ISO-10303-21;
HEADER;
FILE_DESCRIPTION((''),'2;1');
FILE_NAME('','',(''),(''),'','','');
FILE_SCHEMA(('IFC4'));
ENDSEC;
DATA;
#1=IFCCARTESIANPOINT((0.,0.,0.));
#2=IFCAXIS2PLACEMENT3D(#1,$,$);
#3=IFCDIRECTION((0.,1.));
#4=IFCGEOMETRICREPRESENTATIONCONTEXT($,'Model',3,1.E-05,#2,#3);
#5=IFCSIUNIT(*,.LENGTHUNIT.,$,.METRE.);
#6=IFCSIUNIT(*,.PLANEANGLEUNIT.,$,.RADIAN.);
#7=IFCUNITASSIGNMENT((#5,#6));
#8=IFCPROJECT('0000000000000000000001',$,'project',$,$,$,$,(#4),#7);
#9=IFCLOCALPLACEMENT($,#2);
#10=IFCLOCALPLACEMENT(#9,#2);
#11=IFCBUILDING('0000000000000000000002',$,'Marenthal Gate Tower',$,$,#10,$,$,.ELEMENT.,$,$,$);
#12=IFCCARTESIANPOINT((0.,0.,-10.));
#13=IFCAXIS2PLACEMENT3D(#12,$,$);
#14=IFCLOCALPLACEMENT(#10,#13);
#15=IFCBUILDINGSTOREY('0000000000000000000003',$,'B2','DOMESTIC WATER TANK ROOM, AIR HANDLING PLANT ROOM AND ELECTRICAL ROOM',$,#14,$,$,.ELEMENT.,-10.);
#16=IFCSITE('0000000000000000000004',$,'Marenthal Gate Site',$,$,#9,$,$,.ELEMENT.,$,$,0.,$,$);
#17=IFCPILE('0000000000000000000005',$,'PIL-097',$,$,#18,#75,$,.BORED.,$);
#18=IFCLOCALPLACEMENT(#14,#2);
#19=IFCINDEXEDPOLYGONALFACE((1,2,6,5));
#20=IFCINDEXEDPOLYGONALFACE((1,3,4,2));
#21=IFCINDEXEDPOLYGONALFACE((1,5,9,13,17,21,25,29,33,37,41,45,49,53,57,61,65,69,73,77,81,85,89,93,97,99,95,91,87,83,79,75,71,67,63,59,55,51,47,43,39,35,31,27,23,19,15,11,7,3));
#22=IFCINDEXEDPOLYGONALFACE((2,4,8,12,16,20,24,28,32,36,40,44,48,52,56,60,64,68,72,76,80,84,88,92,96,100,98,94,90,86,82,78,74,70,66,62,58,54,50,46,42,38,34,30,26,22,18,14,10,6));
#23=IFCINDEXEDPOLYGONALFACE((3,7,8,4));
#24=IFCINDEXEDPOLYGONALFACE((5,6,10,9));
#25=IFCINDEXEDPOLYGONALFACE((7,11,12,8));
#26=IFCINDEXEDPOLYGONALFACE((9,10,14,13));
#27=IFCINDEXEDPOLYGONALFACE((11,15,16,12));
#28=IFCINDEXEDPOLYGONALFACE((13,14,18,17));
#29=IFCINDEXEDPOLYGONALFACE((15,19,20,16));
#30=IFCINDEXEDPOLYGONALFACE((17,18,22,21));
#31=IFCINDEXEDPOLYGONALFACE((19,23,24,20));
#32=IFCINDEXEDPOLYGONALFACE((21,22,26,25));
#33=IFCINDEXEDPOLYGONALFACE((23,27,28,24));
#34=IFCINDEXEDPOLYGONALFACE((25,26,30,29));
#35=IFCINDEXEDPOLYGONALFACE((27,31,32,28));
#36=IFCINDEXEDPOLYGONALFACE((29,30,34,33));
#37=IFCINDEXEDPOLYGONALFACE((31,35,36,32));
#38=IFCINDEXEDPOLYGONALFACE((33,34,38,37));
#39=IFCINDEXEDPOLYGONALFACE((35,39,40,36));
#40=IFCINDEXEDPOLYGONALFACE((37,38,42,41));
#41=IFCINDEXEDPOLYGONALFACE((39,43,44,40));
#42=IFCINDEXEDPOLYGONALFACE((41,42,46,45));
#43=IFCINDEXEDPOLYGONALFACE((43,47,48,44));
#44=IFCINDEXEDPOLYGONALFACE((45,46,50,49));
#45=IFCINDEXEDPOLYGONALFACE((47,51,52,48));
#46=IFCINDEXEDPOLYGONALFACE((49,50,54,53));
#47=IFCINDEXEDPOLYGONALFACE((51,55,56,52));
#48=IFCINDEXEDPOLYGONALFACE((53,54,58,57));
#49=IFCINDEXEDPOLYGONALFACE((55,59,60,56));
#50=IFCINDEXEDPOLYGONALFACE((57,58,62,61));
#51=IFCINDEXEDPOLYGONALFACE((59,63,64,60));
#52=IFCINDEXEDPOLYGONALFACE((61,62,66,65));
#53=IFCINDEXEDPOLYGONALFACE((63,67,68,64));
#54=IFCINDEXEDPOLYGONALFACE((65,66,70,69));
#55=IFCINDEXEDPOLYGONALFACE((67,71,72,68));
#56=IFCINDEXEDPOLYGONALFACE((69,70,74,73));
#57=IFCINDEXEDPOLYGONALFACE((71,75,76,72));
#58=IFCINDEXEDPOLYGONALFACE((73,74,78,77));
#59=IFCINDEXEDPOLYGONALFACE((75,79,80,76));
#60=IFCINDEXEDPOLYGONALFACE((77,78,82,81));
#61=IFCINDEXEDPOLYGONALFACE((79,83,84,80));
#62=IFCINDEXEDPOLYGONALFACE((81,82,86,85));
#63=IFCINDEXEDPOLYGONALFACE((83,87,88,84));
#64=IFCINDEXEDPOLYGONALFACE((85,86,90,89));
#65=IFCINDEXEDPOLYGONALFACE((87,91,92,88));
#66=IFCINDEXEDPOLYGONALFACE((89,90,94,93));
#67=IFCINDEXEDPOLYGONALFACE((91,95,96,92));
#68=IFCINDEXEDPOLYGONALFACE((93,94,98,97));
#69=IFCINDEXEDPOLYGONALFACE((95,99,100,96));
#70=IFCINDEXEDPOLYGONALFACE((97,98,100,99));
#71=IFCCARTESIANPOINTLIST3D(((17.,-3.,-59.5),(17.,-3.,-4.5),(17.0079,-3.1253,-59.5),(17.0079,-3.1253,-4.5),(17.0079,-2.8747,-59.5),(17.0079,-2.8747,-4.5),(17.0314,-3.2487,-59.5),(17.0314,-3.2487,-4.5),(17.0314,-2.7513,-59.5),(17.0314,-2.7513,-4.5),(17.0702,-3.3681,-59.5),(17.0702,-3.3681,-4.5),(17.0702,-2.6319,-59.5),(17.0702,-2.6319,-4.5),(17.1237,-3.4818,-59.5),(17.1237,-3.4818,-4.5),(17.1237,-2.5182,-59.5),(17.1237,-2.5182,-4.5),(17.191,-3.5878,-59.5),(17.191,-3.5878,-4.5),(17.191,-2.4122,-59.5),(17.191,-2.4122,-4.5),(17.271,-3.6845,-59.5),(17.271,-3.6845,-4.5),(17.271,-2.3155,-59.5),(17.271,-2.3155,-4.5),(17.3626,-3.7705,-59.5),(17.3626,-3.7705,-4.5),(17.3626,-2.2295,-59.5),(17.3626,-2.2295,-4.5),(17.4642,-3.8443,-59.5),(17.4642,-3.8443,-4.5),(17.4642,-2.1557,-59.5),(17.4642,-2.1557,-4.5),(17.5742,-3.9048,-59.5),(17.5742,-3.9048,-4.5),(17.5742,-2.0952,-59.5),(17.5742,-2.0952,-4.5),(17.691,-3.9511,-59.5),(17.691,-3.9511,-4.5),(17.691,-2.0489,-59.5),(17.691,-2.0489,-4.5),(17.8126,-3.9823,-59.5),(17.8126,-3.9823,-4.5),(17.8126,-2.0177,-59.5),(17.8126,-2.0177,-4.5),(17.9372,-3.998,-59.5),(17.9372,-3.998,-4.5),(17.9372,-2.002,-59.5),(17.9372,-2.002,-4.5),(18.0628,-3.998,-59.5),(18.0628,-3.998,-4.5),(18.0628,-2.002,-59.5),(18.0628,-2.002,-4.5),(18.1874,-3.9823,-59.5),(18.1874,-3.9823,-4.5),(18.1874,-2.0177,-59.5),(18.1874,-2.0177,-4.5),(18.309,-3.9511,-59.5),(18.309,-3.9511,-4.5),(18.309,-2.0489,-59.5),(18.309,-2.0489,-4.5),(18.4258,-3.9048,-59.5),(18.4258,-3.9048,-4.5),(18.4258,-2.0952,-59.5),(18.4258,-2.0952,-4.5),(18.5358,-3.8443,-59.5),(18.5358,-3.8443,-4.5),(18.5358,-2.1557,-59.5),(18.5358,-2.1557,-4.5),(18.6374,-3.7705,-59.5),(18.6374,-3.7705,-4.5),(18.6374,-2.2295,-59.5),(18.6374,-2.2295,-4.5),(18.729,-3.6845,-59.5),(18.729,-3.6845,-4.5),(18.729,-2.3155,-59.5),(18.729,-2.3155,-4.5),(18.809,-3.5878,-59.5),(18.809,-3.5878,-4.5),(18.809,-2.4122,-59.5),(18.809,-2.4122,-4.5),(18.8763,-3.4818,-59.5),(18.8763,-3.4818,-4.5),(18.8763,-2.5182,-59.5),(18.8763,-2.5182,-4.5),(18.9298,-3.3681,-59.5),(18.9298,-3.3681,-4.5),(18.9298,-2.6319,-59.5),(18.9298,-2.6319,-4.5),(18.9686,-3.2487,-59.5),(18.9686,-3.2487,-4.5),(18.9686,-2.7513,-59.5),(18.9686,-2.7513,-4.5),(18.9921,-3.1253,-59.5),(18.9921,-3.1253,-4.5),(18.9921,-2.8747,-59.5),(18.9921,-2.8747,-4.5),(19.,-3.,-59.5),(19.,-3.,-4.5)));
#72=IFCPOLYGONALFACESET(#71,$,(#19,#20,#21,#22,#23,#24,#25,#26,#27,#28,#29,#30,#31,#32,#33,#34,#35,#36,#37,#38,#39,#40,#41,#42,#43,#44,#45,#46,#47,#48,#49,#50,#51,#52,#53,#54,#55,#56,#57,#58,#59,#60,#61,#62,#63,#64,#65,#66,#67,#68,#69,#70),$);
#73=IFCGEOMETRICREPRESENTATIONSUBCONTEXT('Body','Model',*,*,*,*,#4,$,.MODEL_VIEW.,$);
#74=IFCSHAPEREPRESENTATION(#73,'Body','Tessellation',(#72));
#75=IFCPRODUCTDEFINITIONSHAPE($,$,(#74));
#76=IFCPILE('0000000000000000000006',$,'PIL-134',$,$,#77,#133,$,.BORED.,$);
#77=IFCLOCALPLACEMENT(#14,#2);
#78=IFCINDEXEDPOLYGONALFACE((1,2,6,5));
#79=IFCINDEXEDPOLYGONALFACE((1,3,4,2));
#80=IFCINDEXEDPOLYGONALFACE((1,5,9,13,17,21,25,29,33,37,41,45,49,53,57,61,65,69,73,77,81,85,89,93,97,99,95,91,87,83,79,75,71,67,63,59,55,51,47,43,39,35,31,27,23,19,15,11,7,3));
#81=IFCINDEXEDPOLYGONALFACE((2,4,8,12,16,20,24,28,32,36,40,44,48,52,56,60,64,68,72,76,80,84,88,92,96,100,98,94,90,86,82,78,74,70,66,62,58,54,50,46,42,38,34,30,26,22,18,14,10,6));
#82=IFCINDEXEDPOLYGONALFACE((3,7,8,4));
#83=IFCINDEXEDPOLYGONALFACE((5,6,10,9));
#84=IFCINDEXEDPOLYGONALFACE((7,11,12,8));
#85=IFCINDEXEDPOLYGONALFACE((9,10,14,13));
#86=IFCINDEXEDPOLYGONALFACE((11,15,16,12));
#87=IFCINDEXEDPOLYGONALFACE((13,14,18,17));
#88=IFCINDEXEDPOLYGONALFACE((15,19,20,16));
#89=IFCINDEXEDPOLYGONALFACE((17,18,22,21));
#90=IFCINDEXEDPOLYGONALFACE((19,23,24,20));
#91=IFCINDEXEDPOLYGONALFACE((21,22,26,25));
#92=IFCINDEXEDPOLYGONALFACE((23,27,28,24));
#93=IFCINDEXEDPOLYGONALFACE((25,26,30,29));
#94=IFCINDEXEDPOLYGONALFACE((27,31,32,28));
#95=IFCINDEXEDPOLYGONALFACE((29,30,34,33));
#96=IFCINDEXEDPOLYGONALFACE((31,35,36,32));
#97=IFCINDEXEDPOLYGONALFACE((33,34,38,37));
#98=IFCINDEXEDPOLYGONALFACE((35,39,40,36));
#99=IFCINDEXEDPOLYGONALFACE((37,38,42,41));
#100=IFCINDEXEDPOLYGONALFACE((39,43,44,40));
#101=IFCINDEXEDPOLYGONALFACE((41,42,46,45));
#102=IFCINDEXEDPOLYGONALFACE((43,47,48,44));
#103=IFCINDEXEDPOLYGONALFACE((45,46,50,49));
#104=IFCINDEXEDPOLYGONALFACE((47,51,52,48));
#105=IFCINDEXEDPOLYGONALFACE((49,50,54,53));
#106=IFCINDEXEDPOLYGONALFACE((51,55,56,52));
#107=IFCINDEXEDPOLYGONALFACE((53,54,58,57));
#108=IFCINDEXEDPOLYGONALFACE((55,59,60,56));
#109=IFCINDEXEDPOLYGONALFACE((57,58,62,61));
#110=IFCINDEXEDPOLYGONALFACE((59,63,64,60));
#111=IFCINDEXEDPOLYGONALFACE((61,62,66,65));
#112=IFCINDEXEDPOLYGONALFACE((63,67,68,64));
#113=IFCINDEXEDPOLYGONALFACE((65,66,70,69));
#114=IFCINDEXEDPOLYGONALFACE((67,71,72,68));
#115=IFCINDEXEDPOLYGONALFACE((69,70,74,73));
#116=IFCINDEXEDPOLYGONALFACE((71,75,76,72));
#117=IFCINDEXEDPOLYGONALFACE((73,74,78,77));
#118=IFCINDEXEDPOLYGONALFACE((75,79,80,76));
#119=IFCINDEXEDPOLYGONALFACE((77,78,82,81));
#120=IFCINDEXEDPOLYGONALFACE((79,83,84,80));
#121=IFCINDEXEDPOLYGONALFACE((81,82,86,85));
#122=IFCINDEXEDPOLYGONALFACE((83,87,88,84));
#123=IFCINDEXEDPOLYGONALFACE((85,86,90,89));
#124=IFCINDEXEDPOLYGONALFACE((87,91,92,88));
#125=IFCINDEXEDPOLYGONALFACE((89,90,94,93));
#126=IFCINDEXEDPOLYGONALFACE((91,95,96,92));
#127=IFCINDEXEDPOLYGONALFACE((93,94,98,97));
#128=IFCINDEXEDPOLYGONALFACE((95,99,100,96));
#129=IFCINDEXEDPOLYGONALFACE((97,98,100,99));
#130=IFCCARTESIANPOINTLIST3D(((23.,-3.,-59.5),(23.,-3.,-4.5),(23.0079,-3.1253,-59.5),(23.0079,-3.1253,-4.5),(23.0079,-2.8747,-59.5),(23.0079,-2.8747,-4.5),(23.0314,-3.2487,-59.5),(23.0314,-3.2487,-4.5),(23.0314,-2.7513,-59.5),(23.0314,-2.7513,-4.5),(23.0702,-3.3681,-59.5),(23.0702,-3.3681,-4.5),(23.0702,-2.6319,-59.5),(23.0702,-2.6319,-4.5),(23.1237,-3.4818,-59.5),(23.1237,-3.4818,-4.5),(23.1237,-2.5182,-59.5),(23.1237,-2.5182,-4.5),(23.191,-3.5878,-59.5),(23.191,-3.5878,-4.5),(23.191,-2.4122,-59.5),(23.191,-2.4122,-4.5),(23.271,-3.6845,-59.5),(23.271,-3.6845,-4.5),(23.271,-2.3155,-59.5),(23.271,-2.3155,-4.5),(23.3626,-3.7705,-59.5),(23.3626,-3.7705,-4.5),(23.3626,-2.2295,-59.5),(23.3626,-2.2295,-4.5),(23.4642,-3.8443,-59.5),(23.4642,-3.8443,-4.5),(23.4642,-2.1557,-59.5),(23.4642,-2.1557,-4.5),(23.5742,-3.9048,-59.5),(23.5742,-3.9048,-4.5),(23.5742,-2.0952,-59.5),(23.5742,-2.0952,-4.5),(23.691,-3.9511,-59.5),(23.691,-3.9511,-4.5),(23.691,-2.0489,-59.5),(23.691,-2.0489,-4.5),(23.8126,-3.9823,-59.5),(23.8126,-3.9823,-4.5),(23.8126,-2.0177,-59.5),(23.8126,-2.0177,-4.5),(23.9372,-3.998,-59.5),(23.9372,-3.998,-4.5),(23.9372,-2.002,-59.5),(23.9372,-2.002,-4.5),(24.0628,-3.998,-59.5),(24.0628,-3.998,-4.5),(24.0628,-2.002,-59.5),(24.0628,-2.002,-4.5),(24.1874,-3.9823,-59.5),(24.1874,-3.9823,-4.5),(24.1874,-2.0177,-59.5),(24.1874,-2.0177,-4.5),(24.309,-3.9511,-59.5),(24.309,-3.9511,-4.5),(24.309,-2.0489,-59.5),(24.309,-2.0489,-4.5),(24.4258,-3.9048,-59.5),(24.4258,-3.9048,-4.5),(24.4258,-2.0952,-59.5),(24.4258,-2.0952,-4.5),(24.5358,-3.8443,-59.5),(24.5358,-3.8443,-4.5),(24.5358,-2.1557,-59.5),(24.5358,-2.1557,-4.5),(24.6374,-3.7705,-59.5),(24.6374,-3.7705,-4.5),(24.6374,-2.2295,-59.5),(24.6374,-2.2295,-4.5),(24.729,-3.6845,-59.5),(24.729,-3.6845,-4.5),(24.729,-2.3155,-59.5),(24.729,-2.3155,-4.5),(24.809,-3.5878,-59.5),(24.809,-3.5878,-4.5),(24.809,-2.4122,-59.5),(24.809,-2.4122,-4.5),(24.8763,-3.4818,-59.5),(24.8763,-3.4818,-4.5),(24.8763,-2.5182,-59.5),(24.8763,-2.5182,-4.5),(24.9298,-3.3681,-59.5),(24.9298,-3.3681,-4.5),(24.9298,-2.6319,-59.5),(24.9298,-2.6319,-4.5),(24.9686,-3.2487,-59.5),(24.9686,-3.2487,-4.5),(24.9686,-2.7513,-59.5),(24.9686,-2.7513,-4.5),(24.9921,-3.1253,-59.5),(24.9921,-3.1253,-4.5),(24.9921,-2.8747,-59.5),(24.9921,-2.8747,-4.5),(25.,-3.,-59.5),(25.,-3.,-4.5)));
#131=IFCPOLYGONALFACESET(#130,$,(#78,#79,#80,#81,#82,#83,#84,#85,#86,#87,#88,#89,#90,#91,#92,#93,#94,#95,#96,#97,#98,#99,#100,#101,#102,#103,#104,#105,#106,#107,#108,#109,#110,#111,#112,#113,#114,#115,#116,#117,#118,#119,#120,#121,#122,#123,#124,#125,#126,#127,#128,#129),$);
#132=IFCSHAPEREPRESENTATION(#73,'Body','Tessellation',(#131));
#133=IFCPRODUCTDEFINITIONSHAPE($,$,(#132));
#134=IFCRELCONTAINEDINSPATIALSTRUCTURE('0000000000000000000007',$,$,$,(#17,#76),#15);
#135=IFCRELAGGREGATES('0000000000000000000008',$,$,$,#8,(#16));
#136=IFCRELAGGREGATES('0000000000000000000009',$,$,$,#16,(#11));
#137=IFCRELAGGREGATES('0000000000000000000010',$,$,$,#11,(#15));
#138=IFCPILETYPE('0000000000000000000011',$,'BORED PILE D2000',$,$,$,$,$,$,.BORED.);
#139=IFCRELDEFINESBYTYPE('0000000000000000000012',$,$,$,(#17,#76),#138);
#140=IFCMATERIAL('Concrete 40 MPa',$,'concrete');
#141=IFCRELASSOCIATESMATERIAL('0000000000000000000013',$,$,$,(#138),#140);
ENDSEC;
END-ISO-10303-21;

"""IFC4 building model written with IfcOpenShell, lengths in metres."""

from ifc_helpers import new_model, si_unit, direction, frame, origin, origin_2d, place, context, subcontext, project, spatial, circle, extrude, material, type_object, element, save


model = new_model("IFC4")

# Units and contexts
model_context = context("Model", 3, precision=1e-05, world=origin(), true_north=direction((0.0, 1.0)))
body_context = subcontext(model_context, "Body", "Model", "MODEL_VIEW")
ifc_project = project(units=[si_unit("LENGTHUNIT", "METRE"), si_unit("PLANEANGLEUNIT", "RADIAN")], contexts=[model_context])

# Site, building, storey
site_placement = place(None, origin())
site = spatial("IfcSite", under=ifc_project, at=site_placement, Name="Marenthal Gate Site", CompositionType="ELEMENT", RefElevation=0.0)
building_placement = place(site_placement, origin())
building = spatial("IfcBuilding", under=site, at=building_placement, Name="Marenthal Gate Tower", CompositionType="ELEMENT")
storey_placement = place(building_placement, frame((0.0, 0.0, -10.0)))
storey = spatial("IfcBuildingStorey", under=building, at=storey_placement, Name="B2", Description="DOMESTIC WATER TANK ROOM, AIR HANDLING PLANT ROOM AND ELECTRICAL ROOM", CompositionType="ELEMENT", Elevation=-10.0)

# Piles
ifc_material_1 = material(Name="Concrete 40 MPa", Category="concrete")
pile_type = type_object("IfcPileType", Name="BORED PILE D2000", PredefinedType="BORED", material=ifc_material_1)
for number, where, z_axis, x_axis, name in (
    (1, (18.0, -3.0, -4.5), (0.0, 0.0, -1.0), (1.0, 0.0, 0.0), "PIL-097"),
    (2, (24.0, -3.0, -4.5), (0.0, 0.0, -1.0), (1.0, 0.0, 0.0), "PIL-134"),
):
    element("IfcPile", number, at=place(storey_placement, frame(where, z_axis=z_axis, x_axis=x_axis)), inside=storey, type_object=pile_type, Name=name, PredefinedType="BORED", context=body_context, shape_type="SweptSolid", body=[
        extrude(circle(Radius=1.0, at=origin_2d()), origin(), (0.0, 0.0, 1.0), 55.0),
    ])

save(model, "model.ifc")
